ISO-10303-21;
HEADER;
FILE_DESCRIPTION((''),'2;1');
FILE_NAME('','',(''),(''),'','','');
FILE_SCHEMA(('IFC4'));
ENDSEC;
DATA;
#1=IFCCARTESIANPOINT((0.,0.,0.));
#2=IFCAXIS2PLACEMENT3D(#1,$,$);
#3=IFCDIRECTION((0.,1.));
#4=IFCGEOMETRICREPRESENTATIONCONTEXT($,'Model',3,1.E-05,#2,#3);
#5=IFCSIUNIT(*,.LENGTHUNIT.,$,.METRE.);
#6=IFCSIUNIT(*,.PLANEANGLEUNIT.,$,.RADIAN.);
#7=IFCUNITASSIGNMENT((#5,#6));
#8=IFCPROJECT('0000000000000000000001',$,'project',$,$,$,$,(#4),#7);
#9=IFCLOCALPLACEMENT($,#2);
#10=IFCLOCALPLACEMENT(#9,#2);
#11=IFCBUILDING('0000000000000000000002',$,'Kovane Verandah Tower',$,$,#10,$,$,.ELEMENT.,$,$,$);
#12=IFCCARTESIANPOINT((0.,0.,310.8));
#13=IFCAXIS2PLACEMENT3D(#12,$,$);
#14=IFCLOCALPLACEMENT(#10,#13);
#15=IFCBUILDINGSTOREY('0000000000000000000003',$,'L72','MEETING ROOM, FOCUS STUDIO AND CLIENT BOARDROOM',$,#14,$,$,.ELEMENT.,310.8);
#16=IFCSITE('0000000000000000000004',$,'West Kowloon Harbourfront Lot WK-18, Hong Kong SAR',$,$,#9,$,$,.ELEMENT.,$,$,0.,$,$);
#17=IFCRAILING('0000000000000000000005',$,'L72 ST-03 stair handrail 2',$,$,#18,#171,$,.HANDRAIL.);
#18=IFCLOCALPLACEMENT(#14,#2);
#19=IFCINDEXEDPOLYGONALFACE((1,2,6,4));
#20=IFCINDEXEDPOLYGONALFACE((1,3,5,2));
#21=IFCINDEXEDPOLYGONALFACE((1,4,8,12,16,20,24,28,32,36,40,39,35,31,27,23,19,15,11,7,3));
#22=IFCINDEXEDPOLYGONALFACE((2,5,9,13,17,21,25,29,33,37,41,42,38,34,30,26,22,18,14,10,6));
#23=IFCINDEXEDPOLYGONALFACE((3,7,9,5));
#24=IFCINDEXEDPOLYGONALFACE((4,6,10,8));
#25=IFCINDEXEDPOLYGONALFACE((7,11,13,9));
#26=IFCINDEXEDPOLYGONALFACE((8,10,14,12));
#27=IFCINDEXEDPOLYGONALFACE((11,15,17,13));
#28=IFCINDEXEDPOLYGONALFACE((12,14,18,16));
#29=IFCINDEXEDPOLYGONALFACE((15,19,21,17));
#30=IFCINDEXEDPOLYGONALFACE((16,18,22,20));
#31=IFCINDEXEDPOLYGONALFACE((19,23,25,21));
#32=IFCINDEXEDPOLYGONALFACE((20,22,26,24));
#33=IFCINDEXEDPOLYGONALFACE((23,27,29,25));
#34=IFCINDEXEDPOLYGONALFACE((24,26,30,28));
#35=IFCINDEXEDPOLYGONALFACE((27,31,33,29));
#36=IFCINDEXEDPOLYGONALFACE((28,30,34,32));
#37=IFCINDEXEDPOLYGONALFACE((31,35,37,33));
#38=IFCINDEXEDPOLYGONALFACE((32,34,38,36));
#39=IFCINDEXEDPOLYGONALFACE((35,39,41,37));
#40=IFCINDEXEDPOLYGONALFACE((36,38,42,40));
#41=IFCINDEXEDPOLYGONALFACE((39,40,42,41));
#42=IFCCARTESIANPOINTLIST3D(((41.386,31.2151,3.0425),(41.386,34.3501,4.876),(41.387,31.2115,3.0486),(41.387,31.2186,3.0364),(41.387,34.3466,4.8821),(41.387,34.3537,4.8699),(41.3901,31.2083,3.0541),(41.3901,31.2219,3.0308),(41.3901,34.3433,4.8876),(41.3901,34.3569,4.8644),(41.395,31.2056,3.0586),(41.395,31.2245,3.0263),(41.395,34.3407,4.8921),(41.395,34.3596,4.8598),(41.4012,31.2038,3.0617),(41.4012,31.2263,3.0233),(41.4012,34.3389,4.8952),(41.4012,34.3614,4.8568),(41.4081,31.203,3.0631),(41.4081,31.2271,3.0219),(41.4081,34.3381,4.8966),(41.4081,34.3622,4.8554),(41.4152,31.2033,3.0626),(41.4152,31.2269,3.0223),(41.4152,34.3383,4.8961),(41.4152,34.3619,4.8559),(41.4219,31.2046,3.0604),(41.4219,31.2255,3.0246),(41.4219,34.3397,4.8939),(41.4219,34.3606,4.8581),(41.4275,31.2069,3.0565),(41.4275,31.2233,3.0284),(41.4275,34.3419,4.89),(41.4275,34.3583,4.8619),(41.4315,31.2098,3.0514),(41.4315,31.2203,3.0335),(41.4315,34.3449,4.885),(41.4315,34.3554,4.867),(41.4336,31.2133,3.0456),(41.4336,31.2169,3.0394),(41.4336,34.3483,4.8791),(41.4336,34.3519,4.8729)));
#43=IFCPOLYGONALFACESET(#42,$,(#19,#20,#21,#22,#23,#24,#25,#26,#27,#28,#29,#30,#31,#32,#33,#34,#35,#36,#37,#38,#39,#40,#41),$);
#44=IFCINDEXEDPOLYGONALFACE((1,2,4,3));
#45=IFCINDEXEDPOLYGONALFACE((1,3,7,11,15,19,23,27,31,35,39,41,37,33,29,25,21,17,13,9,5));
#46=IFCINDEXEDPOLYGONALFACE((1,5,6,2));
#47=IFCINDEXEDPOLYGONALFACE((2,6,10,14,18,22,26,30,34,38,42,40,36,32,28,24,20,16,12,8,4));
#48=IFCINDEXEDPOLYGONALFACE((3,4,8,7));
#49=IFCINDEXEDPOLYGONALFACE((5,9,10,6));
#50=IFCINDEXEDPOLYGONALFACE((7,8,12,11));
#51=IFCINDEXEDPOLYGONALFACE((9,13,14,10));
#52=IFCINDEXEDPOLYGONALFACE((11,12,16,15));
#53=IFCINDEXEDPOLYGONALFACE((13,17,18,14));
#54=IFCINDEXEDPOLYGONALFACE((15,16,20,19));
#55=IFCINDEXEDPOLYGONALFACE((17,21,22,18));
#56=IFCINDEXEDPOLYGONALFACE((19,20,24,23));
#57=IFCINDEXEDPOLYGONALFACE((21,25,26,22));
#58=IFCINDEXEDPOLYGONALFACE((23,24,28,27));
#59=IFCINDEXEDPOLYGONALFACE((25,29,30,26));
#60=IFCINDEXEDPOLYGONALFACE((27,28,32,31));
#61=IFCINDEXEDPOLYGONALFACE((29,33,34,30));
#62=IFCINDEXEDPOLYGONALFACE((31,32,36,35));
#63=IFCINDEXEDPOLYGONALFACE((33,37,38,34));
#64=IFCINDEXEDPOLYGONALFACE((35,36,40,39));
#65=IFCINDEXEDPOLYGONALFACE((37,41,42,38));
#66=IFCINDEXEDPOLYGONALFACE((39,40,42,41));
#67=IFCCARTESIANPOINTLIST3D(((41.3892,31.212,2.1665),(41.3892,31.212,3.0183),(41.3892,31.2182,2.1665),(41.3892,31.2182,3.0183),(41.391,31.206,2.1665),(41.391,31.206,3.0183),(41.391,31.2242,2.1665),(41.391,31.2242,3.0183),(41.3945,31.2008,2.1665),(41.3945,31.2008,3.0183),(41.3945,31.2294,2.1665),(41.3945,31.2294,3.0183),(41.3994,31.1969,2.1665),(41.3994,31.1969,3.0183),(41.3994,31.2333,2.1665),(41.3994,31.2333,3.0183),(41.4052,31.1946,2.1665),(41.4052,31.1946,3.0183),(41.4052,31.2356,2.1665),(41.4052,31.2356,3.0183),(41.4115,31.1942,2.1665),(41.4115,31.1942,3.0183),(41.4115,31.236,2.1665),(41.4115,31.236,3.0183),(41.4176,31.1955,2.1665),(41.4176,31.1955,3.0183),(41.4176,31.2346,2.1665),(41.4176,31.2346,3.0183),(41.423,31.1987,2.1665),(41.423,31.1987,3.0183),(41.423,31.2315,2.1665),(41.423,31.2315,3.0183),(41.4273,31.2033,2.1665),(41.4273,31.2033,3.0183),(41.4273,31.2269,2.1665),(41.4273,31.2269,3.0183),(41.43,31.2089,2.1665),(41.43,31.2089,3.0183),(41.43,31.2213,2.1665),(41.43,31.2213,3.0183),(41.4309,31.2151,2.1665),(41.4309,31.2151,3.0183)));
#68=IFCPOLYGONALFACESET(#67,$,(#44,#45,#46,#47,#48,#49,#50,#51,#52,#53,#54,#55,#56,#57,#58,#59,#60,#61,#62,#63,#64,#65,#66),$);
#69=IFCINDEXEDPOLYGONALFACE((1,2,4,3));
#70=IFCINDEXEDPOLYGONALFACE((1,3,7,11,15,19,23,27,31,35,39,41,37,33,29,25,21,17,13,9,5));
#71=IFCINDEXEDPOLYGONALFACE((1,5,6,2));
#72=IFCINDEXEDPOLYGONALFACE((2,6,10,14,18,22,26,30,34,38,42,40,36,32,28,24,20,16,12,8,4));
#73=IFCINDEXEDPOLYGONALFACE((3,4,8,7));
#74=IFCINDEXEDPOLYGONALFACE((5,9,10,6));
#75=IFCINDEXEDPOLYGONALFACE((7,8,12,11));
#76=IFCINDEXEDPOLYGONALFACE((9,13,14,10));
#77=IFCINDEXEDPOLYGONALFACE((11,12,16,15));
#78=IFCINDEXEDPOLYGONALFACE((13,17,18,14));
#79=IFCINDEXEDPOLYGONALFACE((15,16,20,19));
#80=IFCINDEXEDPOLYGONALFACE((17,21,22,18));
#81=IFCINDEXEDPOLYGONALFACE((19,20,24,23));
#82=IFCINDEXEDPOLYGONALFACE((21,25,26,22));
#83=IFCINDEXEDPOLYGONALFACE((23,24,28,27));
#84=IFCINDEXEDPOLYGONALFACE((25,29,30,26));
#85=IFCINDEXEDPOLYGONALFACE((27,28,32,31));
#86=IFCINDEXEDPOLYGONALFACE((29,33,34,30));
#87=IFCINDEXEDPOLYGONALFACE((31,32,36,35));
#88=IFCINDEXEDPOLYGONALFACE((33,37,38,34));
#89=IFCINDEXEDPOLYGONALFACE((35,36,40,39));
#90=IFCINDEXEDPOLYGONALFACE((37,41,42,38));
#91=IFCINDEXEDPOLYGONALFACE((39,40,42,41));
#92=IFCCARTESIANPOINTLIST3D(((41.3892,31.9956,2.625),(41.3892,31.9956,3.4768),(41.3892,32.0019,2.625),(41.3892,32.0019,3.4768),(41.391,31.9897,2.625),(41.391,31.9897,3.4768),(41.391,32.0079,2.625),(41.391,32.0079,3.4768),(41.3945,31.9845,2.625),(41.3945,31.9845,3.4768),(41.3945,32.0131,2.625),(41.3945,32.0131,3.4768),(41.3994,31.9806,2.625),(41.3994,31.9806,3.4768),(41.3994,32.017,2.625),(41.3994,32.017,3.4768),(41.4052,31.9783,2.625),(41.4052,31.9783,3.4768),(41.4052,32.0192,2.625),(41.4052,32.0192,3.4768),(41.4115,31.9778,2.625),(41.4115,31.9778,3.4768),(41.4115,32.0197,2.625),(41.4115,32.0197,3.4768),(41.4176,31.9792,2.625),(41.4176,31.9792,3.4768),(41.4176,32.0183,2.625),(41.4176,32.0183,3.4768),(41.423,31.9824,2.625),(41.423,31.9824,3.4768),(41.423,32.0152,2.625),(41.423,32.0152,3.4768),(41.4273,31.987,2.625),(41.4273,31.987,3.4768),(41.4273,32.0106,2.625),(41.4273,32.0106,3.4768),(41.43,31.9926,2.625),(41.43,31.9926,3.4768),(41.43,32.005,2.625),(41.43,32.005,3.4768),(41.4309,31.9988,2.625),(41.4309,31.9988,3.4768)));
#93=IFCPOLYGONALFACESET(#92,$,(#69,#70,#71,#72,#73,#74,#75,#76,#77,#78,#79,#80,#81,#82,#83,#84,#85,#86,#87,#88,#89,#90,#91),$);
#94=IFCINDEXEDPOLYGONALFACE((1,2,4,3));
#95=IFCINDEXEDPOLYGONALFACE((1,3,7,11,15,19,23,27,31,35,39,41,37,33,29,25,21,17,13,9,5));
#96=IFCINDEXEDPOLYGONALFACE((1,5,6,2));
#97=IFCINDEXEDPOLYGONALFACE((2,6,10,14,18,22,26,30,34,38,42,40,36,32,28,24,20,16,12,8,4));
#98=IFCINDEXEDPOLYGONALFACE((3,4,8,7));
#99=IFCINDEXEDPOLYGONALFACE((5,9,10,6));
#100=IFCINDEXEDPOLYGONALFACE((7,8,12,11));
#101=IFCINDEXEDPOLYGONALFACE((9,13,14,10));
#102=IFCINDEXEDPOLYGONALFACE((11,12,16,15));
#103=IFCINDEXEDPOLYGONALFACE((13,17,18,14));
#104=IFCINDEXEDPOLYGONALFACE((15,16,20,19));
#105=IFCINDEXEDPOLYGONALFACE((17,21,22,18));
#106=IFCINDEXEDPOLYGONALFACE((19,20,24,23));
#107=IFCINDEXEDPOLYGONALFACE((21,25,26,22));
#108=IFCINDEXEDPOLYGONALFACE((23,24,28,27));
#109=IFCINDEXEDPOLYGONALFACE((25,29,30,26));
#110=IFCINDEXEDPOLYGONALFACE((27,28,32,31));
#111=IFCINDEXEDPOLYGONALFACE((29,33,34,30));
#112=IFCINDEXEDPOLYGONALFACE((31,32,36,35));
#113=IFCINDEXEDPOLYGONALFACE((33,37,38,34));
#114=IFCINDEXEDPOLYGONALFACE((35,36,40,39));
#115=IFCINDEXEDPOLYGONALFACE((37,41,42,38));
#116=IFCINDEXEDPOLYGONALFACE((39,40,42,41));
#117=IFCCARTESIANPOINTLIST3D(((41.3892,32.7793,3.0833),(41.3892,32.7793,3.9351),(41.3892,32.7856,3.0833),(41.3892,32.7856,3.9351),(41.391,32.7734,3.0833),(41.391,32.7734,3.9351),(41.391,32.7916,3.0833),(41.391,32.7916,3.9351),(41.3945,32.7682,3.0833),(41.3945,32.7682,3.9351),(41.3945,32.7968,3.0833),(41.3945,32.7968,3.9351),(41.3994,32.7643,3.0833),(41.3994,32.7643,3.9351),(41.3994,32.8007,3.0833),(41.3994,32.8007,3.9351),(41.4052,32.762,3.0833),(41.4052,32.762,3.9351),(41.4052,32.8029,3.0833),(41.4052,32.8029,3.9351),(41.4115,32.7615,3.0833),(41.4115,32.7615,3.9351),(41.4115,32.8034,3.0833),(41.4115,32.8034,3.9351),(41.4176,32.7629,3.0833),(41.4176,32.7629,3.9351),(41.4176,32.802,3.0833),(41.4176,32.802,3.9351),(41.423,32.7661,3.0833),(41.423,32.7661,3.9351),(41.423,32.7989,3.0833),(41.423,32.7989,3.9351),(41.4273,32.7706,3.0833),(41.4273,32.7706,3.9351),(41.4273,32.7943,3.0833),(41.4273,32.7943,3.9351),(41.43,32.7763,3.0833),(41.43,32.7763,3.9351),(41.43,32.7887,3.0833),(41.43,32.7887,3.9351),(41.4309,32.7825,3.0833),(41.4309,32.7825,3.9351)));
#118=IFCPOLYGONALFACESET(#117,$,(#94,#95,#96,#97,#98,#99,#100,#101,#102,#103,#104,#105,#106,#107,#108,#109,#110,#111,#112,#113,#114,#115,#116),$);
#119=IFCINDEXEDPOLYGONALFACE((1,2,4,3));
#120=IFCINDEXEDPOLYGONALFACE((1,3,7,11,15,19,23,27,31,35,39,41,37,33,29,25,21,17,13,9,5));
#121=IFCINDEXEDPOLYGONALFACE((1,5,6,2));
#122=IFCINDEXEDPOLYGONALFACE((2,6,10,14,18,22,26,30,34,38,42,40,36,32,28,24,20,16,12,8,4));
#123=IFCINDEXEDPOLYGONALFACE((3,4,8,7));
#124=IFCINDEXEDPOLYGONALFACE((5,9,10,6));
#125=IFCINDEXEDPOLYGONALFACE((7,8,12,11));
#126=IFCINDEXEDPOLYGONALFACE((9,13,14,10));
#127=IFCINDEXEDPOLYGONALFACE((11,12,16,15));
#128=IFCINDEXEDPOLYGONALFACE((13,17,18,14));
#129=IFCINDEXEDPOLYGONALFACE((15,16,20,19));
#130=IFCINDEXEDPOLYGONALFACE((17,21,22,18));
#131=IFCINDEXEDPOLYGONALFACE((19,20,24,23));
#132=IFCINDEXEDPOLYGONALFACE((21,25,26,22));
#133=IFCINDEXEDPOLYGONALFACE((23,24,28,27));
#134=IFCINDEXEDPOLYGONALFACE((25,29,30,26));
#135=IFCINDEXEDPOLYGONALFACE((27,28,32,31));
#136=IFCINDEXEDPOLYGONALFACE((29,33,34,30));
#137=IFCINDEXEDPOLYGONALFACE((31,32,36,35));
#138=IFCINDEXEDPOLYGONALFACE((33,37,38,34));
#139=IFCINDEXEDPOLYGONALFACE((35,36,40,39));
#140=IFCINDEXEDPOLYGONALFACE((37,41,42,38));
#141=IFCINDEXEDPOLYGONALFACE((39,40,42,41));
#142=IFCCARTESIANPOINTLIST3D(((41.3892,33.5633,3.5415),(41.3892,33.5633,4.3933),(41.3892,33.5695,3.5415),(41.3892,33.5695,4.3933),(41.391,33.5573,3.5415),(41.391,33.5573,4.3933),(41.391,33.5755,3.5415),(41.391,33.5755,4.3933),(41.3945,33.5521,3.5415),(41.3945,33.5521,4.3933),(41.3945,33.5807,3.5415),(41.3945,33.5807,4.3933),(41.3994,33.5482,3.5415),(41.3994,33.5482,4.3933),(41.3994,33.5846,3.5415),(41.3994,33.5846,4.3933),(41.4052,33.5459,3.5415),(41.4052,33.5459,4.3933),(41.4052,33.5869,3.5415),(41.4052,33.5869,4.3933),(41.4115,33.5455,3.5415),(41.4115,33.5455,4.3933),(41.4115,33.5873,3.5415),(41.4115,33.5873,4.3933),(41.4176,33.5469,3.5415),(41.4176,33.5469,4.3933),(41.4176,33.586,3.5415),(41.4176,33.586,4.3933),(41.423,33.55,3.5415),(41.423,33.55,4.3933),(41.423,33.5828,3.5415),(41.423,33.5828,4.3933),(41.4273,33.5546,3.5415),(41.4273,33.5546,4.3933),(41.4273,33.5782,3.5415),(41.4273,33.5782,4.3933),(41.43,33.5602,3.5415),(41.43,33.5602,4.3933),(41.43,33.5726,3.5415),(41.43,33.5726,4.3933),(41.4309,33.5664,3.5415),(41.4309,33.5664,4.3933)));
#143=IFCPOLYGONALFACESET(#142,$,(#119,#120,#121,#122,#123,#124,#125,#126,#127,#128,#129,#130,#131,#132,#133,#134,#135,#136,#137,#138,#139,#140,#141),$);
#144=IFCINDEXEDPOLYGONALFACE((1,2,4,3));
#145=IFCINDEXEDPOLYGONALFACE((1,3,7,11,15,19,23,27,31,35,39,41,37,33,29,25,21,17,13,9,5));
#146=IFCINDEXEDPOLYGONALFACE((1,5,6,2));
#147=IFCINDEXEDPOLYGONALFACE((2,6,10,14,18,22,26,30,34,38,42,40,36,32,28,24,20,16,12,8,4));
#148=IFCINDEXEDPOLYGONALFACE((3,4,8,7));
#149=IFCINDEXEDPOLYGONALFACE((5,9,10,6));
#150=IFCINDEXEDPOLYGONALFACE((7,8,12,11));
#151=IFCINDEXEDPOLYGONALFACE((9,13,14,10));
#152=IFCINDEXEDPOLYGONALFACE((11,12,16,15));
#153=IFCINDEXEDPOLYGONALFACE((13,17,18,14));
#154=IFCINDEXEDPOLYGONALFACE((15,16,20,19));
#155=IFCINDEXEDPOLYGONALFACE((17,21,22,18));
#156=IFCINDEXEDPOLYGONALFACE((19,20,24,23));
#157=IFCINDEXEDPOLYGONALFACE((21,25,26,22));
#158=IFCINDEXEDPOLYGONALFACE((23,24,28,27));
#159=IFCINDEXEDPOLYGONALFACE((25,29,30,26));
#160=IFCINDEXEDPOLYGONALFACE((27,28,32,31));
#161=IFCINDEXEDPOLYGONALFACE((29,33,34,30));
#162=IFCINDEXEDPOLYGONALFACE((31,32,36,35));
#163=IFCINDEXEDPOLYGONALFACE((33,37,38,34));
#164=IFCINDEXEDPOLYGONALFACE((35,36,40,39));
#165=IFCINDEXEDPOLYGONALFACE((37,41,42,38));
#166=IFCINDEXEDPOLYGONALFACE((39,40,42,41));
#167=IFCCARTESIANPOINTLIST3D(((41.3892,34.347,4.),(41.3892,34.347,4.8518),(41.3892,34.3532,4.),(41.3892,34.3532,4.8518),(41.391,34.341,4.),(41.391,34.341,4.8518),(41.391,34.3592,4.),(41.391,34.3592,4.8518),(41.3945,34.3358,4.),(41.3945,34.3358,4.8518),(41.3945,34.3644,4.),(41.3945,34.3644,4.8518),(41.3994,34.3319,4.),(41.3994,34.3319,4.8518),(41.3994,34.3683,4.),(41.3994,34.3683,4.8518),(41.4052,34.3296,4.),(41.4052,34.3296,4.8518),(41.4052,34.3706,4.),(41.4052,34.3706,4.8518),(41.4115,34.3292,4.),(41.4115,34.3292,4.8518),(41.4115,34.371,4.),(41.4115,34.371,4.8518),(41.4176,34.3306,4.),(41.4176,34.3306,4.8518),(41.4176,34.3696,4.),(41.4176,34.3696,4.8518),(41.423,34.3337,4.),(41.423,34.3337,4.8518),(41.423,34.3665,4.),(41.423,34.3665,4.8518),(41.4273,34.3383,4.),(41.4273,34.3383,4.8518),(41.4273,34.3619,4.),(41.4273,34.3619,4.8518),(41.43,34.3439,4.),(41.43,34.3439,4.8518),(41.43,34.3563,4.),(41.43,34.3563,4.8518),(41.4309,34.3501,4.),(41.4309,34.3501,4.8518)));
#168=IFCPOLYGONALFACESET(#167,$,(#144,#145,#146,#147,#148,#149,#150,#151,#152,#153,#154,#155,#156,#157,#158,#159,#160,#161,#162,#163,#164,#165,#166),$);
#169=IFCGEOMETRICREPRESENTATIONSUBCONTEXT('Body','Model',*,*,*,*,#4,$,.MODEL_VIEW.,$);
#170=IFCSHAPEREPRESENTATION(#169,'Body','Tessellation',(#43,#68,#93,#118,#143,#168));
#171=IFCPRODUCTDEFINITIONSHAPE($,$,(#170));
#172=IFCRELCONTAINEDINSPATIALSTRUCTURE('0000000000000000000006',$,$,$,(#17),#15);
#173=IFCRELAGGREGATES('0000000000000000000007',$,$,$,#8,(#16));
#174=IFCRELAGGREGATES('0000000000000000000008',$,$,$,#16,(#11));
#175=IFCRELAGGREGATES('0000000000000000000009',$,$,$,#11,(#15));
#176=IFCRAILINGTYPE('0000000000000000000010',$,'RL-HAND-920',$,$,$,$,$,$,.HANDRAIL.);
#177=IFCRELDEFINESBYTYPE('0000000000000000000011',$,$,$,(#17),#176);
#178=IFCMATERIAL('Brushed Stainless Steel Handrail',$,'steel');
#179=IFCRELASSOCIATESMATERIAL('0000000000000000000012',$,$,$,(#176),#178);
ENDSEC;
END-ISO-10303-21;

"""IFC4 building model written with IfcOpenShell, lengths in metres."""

from ifc_helpers import new_model, si_unit, direction, frame, origin, origin_2d, place, context, subcontext, project, spatial, circle, extrude, material, type_object, element, save


model = new_model("IFC4")

# Units and contexts
model_context = context("Model", 3, precision=1e-05, world=origin(), true_north=direction((0.0, 1.0)))
body_context = subcontext(model_context, "Body", "Model", "MODEL_VIEW")
ifc_project = project(units=[si_unit("LENGTHUNIT", "METRE"), si_unit("PLANEANGLEUNIT", "RADIAN")], contexts=[model_context])

# Site, building, storey
site_placement = place(None, origin())
site = spatial("IfcSite", under=ifc_project, at=site_placement, Name="West Kowloon Harbourfront Lot WK-18, Hong Kong SAR", CompositionType="ELEMENT", RefElevation=0.0)
building_placement = place(site_placement, origin())
building = spatial("IfcBuilding", under=site, at=building_placement, Name="Kovane Verandah Tower", CompositionType="ELEMENT")
storey_placement = place(building_placement, frame((0.0, 0.0, 310.8)))
storey = spatial("IfcBuildingStorey", under=building, at=storey_placement, Name="L72", Description="MEETING ROOM, FOCUS STUDIO AND CLIENT BOARDROOM", CompositionType="ELEMENT", Elevation=310.8)

# Railing
ifc_material_1 = material(Name="Brushed Stainless Steel Handrail", Category="steel")
railing_type_1 = type_object("IfcRailingType", Name="RL-HAND-920", PredefinedType="HANDRAIL", material=ifc_material_1)
railing_1_placement = place(storey_placement, frame((41.4099, 31.2151, 2.1665)))
element("IfcRailing", 1, at=railing_1_placement, inside=storey, type_object=railing_type_1, Name="L72 ST-03 stair handrail 2", PredefinedType="HANDRAIL", context=body_context, shape_type="SweptSolid", body=[
    extrude(circle(Radius=0.0239, at=origin_2d()), frame((0.0, 0.0, 0.876), z_axis=(0.0, 0.86321, 0.504845), x_axis=(-1.0, 0.0, 0.0)), (0.0, 0.0, 1.0), 3.6318),
    extrude(circle(Radius=0.021, at=origin_2d()), origin(), (0.0, 0.0, 1.0), 0.8518),
    extrude(circle(Radius=0.021, at=origin_2d()), frame((0.0, 0.7837, 0.4585)), (0.0, 0.0, 1.0), 0.8518),
    extrude(circle(Radius=0.021, at=origin_2d()), frame((0.0, 1.5674, 0.9167)), (0.0, 0.0, 1.0), 0.8518),
    extrude(circle(Radius=0.021, at=origin_2d()), frame((0.0, 2.3513, 1.375)), (0.0, 0.0, 1.0), 0.8518),
    extrude(circle(Radius=0.021, at=origin_2d()), frame((0.0, 3.135, 1.8335)), (0.0, 0.0, 1.0), 0.8518),
])

save(model, "model.ifc")
